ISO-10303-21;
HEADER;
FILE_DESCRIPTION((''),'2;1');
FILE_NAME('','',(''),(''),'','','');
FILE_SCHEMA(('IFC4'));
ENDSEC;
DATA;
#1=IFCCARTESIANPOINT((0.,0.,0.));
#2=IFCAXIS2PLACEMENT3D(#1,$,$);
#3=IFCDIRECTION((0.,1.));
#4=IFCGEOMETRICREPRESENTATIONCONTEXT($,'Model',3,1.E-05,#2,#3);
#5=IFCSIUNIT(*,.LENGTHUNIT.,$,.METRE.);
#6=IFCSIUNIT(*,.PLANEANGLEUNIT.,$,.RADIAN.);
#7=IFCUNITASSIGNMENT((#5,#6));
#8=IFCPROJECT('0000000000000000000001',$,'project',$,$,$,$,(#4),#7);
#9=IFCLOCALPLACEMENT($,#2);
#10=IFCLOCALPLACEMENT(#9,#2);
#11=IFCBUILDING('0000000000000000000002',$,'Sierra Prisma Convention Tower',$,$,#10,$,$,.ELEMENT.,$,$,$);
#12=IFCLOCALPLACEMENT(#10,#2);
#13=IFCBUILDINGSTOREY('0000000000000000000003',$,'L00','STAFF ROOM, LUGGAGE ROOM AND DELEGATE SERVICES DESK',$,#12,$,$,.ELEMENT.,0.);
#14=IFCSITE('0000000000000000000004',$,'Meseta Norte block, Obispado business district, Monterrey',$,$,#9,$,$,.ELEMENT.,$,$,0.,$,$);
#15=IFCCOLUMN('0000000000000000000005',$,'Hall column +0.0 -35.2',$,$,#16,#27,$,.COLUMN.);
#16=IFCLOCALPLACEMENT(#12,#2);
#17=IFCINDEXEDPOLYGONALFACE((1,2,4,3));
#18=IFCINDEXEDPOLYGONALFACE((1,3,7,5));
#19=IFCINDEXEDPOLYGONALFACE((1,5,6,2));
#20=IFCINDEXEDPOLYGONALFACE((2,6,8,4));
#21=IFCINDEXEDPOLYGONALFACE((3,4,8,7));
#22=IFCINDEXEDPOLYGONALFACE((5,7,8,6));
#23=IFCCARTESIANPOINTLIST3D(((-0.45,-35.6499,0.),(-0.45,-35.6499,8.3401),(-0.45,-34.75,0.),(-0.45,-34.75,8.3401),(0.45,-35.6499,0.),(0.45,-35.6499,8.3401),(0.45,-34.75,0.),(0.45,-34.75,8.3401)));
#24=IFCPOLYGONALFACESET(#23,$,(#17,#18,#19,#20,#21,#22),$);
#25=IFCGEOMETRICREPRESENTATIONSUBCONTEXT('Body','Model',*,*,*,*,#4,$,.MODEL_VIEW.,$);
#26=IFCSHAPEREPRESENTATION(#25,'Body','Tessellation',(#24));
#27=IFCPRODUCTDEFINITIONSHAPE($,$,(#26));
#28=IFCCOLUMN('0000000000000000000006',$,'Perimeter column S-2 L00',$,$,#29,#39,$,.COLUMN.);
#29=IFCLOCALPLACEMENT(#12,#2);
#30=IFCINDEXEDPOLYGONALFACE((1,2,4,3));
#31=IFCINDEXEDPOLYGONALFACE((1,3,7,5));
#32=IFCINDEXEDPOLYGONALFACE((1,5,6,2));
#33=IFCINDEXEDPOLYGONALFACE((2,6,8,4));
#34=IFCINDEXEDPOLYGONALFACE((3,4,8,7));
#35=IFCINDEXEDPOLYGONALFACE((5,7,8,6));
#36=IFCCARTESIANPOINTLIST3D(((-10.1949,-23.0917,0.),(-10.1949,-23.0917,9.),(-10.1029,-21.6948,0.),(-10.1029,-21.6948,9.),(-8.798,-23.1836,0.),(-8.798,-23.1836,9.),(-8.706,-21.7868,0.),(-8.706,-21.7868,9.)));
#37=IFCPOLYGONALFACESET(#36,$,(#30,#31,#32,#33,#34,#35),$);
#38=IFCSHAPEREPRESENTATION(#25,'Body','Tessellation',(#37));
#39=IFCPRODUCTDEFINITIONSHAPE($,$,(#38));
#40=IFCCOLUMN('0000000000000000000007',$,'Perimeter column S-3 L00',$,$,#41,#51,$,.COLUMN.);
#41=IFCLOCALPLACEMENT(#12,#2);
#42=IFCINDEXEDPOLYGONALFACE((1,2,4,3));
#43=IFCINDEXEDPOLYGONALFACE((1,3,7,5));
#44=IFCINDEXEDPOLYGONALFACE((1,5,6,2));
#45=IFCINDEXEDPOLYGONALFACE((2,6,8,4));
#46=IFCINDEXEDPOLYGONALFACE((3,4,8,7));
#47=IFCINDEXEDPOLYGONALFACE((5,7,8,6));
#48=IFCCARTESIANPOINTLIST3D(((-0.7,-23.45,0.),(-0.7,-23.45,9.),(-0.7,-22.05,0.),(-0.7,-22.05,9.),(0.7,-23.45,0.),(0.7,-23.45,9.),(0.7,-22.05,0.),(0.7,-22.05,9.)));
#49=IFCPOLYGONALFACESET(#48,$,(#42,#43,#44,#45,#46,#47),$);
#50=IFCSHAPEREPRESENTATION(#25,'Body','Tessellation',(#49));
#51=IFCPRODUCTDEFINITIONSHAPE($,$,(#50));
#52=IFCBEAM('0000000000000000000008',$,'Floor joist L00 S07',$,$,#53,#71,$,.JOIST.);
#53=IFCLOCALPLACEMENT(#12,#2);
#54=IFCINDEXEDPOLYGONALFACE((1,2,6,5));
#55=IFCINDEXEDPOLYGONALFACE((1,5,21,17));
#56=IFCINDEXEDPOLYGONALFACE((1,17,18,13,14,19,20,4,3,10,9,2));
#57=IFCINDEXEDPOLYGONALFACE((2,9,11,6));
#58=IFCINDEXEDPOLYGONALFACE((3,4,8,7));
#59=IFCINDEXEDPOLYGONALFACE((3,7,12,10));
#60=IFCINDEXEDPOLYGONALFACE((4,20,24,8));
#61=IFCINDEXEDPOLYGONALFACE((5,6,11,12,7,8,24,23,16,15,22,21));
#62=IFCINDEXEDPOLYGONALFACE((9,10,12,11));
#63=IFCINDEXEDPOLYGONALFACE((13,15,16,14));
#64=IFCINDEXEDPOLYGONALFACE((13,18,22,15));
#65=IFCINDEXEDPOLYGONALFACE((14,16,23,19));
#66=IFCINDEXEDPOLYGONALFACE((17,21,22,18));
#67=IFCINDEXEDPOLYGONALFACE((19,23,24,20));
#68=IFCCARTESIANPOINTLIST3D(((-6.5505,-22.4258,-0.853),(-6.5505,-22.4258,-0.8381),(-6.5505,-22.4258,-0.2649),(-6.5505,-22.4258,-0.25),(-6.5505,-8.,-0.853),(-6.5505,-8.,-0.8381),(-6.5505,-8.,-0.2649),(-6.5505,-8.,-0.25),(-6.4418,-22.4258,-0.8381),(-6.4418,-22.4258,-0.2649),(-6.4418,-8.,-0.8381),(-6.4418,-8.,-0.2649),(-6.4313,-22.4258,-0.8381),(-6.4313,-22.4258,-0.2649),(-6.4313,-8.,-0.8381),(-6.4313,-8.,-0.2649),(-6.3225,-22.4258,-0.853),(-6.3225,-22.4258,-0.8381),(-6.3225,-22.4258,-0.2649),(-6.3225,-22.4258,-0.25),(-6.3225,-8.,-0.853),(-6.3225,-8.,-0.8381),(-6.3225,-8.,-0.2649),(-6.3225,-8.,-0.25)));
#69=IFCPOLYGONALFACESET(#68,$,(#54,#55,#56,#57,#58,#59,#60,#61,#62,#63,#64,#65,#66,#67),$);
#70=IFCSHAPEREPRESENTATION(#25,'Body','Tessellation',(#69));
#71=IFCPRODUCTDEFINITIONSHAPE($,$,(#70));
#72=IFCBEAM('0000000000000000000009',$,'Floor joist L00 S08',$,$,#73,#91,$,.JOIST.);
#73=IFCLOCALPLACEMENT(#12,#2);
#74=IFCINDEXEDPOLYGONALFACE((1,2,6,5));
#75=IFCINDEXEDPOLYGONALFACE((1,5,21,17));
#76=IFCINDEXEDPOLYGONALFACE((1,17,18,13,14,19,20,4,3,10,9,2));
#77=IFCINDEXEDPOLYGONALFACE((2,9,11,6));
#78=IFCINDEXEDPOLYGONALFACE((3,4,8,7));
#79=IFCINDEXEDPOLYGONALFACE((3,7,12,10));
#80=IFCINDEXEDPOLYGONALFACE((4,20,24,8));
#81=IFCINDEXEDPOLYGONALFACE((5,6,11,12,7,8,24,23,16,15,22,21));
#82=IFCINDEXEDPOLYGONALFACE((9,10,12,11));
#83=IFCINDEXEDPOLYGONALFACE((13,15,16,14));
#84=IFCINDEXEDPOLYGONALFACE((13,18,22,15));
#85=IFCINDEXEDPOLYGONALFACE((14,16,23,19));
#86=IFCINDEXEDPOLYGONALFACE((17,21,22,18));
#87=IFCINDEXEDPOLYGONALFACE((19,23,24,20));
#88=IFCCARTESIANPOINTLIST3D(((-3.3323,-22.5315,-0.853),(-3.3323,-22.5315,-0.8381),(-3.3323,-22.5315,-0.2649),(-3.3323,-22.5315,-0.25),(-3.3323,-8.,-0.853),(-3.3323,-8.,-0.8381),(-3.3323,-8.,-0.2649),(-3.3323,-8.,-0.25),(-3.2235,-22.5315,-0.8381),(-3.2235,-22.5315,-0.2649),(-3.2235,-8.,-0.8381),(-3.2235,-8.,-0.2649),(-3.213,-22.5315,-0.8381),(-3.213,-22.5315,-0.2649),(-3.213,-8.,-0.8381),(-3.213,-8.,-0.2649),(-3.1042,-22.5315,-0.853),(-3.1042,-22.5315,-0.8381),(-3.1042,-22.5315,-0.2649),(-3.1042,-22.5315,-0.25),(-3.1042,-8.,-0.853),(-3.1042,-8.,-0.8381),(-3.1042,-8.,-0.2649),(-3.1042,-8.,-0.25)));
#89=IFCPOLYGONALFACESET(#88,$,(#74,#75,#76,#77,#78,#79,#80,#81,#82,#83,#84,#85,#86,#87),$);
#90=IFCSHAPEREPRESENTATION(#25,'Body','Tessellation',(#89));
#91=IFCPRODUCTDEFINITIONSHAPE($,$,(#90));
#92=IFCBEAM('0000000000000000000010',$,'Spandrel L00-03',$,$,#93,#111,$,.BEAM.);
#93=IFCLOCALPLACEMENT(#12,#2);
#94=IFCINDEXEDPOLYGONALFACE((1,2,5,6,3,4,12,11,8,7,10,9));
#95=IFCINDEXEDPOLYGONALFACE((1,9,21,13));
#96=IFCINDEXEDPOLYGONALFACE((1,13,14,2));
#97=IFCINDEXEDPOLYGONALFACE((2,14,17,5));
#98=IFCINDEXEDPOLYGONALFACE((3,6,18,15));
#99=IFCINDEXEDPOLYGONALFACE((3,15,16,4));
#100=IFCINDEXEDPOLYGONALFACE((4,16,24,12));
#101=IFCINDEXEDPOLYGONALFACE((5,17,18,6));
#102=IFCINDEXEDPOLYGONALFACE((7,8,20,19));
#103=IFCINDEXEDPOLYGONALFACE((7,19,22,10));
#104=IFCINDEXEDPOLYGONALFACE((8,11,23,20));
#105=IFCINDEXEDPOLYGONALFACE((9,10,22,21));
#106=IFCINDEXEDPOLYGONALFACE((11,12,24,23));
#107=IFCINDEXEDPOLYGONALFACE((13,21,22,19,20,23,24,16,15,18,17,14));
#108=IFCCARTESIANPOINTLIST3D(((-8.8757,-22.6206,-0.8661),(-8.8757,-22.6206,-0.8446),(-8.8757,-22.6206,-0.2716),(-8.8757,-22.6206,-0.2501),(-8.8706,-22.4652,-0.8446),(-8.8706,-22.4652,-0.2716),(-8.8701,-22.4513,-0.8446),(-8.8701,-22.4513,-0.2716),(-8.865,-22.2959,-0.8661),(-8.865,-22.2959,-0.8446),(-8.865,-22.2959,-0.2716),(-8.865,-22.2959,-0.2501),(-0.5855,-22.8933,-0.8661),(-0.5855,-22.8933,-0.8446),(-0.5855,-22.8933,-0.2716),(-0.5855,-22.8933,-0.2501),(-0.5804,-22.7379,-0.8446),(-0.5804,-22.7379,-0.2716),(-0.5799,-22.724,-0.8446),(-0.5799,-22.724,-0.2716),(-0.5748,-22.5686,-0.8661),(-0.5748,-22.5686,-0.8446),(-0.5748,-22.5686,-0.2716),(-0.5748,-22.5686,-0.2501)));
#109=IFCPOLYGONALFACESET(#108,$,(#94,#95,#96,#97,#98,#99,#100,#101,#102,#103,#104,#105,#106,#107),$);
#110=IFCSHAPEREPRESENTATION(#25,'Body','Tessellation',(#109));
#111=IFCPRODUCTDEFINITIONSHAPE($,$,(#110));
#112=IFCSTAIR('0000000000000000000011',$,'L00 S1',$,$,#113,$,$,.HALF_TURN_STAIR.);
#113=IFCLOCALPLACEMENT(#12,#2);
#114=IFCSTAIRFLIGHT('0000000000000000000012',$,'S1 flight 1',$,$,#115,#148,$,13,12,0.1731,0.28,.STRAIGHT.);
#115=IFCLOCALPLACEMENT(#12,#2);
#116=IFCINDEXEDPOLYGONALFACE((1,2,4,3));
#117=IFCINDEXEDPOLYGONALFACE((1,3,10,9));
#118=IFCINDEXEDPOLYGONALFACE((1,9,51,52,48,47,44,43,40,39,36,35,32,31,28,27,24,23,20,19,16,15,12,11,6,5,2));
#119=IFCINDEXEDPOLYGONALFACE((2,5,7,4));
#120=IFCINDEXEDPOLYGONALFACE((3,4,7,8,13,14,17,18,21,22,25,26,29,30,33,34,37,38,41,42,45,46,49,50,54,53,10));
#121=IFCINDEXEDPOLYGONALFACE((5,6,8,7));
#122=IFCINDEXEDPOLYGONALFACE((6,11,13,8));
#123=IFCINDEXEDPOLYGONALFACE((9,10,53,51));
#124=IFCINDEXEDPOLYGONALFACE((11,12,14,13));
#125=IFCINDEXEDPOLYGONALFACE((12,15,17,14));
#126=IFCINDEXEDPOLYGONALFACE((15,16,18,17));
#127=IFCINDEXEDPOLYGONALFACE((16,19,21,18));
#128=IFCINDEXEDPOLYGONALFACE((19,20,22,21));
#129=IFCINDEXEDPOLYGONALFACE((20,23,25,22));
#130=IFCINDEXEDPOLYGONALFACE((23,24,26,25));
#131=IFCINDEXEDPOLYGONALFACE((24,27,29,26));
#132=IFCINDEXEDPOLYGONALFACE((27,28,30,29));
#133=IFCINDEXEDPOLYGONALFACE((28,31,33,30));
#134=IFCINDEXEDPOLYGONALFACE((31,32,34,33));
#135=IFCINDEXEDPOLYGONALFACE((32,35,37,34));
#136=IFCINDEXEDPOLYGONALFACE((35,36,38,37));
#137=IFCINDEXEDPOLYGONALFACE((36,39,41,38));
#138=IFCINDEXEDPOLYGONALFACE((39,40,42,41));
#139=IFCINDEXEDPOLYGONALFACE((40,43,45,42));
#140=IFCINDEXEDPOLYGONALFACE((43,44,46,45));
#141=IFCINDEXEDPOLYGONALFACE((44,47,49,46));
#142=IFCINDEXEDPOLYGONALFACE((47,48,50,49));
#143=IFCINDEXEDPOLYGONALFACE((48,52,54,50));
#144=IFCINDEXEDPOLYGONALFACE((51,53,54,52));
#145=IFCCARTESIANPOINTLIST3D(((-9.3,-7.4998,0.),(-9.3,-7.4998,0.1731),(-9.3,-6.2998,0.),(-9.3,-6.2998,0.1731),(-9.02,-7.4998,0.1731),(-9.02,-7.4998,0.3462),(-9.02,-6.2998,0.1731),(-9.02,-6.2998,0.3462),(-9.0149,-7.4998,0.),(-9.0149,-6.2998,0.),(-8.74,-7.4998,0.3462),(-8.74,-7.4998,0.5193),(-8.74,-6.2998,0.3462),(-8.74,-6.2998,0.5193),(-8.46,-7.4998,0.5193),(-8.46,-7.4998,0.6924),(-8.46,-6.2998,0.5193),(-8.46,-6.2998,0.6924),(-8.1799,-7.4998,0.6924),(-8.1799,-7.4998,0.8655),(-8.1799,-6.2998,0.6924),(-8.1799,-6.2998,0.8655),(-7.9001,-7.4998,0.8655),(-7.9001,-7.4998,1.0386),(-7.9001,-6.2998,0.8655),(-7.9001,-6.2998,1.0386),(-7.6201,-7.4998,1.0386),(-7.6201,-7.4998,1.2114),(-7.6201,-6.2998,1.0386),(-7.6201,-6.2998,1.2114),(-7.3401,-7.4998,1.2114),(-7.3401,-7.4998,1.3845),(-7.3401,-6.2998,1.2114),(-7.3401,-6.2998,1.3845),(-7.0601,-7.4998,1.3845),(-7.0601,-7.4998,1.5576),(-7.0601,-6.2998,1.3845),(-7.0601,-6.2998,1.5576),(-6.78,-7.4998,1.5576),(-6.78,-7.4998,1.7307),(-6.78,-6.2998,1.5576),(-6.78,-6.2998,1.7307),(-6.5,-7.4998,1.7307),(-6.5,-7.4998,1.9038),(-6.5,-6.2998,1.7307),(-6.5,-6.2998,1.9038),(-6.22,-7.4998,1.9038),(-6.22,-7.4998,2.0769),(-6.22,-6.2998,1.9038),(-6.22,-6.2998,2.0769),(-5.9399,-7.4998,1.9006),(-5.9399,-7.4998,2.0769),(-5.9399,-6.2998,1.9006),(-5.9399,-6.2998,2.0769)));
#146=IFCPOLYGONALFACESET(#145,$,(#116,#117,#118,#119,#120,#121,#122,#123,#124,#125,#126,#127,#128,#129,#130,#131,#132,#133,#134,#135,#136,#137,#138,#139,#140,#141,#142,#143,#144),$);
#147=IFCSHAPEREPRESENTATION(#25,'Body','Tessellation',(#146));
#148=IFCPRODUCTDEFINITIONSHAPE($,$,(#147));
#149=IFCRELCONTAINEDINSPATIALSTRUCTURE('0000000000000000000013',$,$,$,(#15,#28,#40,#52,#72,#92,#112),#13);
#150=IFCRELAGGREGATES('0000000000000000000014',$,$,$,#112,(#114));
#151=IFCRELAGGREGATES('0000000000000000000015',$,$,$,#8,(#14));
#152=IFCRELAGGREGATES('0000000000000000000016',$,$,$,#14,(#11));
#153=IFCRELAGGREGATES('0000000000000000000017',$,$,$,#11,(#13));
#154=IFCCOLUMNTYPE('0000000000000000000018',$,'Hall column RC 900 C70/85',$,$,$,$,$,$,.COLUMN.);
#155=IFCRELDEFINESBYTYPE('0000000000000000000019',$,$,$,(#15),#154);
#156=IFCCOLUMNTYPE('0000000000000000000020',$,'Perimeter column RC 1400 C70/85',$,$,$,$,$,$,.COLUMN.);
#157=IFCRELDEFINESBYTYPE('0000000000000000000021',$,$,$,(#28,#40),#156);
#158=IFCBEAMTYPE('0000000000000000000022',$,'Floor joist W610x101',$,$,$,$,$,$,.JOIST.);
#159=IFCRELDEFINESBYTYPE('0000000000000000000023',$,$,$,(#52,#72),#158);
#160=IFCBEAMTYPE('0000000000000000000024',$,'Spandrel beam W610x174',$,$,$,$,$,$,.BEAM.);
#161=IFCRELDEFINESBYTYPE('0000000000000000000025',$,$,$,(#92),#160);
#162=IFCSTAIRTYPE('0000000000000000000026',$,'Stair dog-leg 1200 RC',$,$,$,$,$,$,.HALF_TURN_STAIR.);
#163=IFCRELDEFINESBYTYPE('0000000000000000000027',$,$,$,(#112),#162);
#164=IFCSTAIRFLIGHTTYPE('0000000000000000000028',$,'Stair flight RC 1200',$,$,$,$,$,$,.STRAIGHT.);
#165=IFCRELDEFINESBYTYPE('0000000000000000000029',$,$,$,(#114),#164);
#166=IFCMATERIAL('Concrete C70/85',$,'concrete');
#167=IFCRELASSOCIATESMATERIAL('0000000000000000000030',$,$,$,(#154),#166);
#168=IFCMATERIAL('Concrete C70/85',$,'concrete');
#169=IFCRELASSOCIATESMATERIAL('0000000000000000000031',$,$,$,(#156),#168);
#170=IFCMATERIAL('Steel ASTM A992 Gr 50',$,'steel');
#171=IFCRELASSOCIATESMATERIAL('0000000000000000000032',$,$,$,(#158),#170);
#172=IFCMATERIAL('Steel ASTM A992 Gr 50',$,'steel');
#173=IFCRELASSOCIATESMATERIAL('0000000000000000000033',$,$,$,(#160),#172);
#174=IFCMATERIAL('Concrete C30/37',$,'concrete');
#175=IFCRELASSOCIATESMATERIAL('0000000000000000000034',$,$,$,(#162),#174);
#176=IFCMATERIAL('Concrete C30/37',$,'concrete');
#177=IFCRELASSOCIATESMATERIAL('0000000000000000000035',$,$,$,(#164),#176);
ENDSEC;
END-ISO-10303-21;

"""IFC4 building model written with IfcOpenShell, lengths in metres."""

from ifc_helpers import new_model, si_unit, direction, frame, origin, origin_2d, place, context, subcontext, project, spatial, polyline, rectangle, i_section, outline, extrude, material, material_profile, profile_set, type_object, element, aggregate, save


model = new_model("IFC4")

# Units and contexts
model_context = context("Model", 3, precision=1e-05, world=origin(), true_north=direction((0.0, 1.0)))
body_context = subcontext(model_context, "Body", "Model", "MODEL_VIEW")
ifc_project = project(units=[si_unit("LENGTHUNIT", "METRE"), si_unit("PLANEANGLEUNIT", "RADIAN")], contexts=[model_context])

# Site, building, storey
site_placement = place(None, origin())
site = spatial("IfcSite", under=ifc_project, at=site_placement, Name="Meseta Norte block, Obispado business district, Monterrey", CompositionType="ELEMENT", RefElevation=0.0)
building_placement = place(site_placement, origin())
building = spatial("IfcBuilding", under=site, at=building_placement, Name="Sierra Prisma Convention Tower", CompositionType="ELEMENT")
storey_placement = place(building_placement, origin())
storey = spatial("IfcBuildingStorey", under=building, at=storey_placement, Name="L00", Description="STAFF ROOM, LUGGAGE ROOM AND DELEGATE SERVICES DESK", CompositionType="ELEMENT", Elevation=0.0)

# Columns
ifc_material_1 = material(Name="Concrete C70/85", Category="concrete")
ifc_material_profile_1 = material_profile(ifc_material_1, rectangle(XDim=0.8999, YDim=0.8999, at=origin_2d()), Name="Hall column RC 900 C70/85")
ifc_profile_set_1 = profile_set([ifc_material_profile_1], Name="Concrete C70/85")
column_type_1 = type_object("IfcColumnType", Name="Hall column RC 900 C70/85", PredefinedType="COLUMN", material=ifc_profile_set_1)
column_placement = place(storey_placement, frame((0.0, -35.2, 0.0), z_axis=(0.0, 0.0, 1.0), x_axis=(1.0, 0.0, 0.0)))
element("IfcColumn", 1, at=column_placement, inside=storey, type_object=column_type_1, Name="Hall column +0.0 -35.2", PredefinedType="COLUMN", context=body_context, shape_type="SweptSolid", body=[
    extrude(rectangle(XDim=0.8999, YDim=0.8999, at=origin_2d()), origin(), (0.0, 0.0, 1.0), 8.3401),
])
ifc_material_2 = material(Name="Concrete C70/85", Category="concrete")
ifc_material_profile_2 = material_profile(ifc_material_2, rectangle(XDim=1.3999, YDim=1.3999, at=origin_2d()), Name="Perimeter column RC 1400 C70/85")
ifc_profile_set_2 = profile_set([ifc_material_profile_2], Name="Concrete C70/85")
column_type_2 = type_object("IfcColumnType", Name="Perimeter column RC 1400 C70/85", PredefinedType="COLUMN", material=ifc_profile_set_2)
for number, where, z_axis, x_axis, name in (
    (2, (-9.4504, -22.4392, 0.0), (0.0, 0.0, 1.0), (-0.997839, 0.065699, 0.0), "Perimeter column S-2 L00"),
    (3, (0.0, -22.75, 0.0), (0.0, 0.0, 1.0), (1.0, 0.0, 0.0), "Perimeter column S-3 L00"),
):
    element("IfcColumn", number, at=place(storey_placement, frame(where, z_axis=z_axis, x_axis=x_axis)), inside=storey, type_object=column_type_2, Name=name, PredefinedType="COLUMN", context=body_context, shape_type="SweptSolid", body=[
        extrude(rectangle(XDim=1.3999, YDim=1.3999, at=origin_2d()), origin(), (0.0, 0.0, 1.0), 9.0),
    ])

# Beams
ifc_material_3 = material(Name="Steel ASTM A992 Gr 50", Category="steel")
ifc_material_profile_3 = material_profile(ifc_material_3, i_section(OverallWidth=0.228, OverallDepth=0.603, WebThickness=0.0105, FlangeThickness=0.0149, at=origin_2d()), Name="W610x101")
ifc_profile_set_3 = profile_set([ifc_material_profile_3], Name="Steel ASTM A992 Gr 50")
beam_type_1 = type_object("IfcBeamType", Name="Floor joist W610x101", PredefinedType="JOIST", material=ifc_profile_set_3)
beam_1_placement = place(storey_placement, frame((-6.4365, -22.4258, -0.5515), z_axis=(0.0, 1.0, 0.0), x_axis=(-1.0, 0.0, 0.0)))
element("IfcBeam", 4, at=beam_1_placement, inside=storey, type_object=beam_type_1, Name="Floor joist L00 S07", PredefinedType="JOIST", context=body_context, shape_type="SweptSolid", body=[
    extrude(i_section(OverallWidth=0.228, OverallDepth=0.603, WebThickness=0.0105, FlangeThickness=0.0149, at=origin_2d()), origin(), (0.0, 0.0, 1.0), 14.4258),
])
beam_2_placement = place(storey_placement, frame((-3.2183, -22.5315, -0.5515), z_axis=(0.0, 1.0, 0.0), x_axis=(-1.0, 0.0, 0.0)))
element("IfcBeam", 5, at=beam_2_placement, inside=storey, type_object=beam_type_1, Name="Floor joist L00 S08", PredefinedType="JOIST", context=body_context, shape_type="SweptSolid", body=[
    extrude(i_section(OverallWidth=0.228, OverallDepth=0.603, WebThickness=0.0105, FlangeThickness=0.0149, at=origin_2d()), origin(), (0.0, 0.0, 1.0), 14.5315),
])
ifc_material_4 = material(Name="Steel ASTM A992 Gr 50", Category="steel")
ifc_material_profile_4 = material_profile(ifc_material_4, i_section(OverallWidth=0.325, OverallDepth=0.616, WebThickness=0.0139, FlangeThickness=0.0215, at=origin_2d()), Name="W610x174")
ifc_profile_set_4 = profile_set([ifc_material_profile_4], Name="Steel ASTM A992 Gr 50")
beam_type_2 = type_object("IfcBeamType", Name="Spandrel beam W610x174", PredefinedType="BEAM", material=ifc_profile_set_4)
beam_3_placement = place(storey_placement, frame((-8.8704, -22.4583, -0.5581), z_axis=(0.999459, -0.032877, 0.0), x_axis=(0.032877, 0.999459, 0.0)))
element("IfcBeam", 6, at=beam_3_placement, inside=storey, type_object=beam_type_2, Name="Spandrel L00-03", PredefinedType="BEAM", context=body_context, shape_type="SweptSolid", body=[
    extrude(i_section(OverallWidth=0.325, OverallDepth=0.616, WebThickness=0.0139, FlangeThickness=0.0215, at=origin_2d()), origin(), (0.0, 0.0, 1.0), 8.2947),
])

# Stair, stair flight
ifc_material_5 = material(Name="Concrete C30/37", Category="concrete")
stair_type = type_object("IfcStairType", Name="Stair dog-leg 1200 RC", PredefinedType="HALF_TURN_STAIR", material=ifc_material_5)
stair_placement = place(storey_placement, origin())
stair = element("IfcStair", 7, at=stair_placement, inside=storey, type_object=stair_type, Name="L00 S1", PredefinedType="HALF_TURN_STAIR")
ifc_material_6 = material(Name="Concrete C30/37", Category="concrete")
stair_flight_type = type_object("IfcStairFlightType", Name="Stair flight RC 1200", PredefinedType="STRAIGHT", material=ifc_material_6)
stair_flight_1_placement = place(storey_placement, frame((-9.3, -6.8999, 0.0), z_axis=(0.0, 0.0, 1.0), x_axis=(1.0, 0.0, 0.0)))
stair_flight_1 = element("IfcStairFlight", 8, at=stair_flight_1_placement, type_object=stair_flight_type, Name="S1 flight 1", NumberOfRisers=13, NumberOfTreads=12, PredefinedType="STRAIGHT", RiserHeight=0.1731, TreadLength=0.28, context=body_context, shape_type="SweptSolid", body=[
    extrude(outline(polyline([(0.0, 0.0), (0.0, 0.1731), (0.28, 0.1731), (0.28, 0.3462), (0.5601, 0.3462), (0.5601, 0.5193), (0.8401, 0.5193), (0.8401, 0.6924), (1.1201, 0.6924), (1.1201, 0.8655), (1.3999, 0.8655), (1.3999, 1.0386), (1.6799, 1.0386), (1.6799, 1.2114), (1.96, 1.2114), (1.96, 1.3845), (2.24, 1.3845), (2.24, 1.5576), (2.52, 1.5576), (2.52, 1.7307), (2.8, 1.7307), (2.8, 1.9038), (3.0801, 1.9038), (3.0801, 2.0769), (3.3601, 2.0769), (3.3601, 2.25), (3.3601, 1.9006), (0.2852, 0.0), (0.0, 0.0)])), frame((0.0, 0.6001, 0.0), z_axis=(0.0, -1.0, 0.0), x_axis=(1.0, 0.0, 0.0)), (0.0, 0.0, 1.0), 1.2),
])
aggregate(stair, [stair_flight_1])

save(model, "model.ifc")
